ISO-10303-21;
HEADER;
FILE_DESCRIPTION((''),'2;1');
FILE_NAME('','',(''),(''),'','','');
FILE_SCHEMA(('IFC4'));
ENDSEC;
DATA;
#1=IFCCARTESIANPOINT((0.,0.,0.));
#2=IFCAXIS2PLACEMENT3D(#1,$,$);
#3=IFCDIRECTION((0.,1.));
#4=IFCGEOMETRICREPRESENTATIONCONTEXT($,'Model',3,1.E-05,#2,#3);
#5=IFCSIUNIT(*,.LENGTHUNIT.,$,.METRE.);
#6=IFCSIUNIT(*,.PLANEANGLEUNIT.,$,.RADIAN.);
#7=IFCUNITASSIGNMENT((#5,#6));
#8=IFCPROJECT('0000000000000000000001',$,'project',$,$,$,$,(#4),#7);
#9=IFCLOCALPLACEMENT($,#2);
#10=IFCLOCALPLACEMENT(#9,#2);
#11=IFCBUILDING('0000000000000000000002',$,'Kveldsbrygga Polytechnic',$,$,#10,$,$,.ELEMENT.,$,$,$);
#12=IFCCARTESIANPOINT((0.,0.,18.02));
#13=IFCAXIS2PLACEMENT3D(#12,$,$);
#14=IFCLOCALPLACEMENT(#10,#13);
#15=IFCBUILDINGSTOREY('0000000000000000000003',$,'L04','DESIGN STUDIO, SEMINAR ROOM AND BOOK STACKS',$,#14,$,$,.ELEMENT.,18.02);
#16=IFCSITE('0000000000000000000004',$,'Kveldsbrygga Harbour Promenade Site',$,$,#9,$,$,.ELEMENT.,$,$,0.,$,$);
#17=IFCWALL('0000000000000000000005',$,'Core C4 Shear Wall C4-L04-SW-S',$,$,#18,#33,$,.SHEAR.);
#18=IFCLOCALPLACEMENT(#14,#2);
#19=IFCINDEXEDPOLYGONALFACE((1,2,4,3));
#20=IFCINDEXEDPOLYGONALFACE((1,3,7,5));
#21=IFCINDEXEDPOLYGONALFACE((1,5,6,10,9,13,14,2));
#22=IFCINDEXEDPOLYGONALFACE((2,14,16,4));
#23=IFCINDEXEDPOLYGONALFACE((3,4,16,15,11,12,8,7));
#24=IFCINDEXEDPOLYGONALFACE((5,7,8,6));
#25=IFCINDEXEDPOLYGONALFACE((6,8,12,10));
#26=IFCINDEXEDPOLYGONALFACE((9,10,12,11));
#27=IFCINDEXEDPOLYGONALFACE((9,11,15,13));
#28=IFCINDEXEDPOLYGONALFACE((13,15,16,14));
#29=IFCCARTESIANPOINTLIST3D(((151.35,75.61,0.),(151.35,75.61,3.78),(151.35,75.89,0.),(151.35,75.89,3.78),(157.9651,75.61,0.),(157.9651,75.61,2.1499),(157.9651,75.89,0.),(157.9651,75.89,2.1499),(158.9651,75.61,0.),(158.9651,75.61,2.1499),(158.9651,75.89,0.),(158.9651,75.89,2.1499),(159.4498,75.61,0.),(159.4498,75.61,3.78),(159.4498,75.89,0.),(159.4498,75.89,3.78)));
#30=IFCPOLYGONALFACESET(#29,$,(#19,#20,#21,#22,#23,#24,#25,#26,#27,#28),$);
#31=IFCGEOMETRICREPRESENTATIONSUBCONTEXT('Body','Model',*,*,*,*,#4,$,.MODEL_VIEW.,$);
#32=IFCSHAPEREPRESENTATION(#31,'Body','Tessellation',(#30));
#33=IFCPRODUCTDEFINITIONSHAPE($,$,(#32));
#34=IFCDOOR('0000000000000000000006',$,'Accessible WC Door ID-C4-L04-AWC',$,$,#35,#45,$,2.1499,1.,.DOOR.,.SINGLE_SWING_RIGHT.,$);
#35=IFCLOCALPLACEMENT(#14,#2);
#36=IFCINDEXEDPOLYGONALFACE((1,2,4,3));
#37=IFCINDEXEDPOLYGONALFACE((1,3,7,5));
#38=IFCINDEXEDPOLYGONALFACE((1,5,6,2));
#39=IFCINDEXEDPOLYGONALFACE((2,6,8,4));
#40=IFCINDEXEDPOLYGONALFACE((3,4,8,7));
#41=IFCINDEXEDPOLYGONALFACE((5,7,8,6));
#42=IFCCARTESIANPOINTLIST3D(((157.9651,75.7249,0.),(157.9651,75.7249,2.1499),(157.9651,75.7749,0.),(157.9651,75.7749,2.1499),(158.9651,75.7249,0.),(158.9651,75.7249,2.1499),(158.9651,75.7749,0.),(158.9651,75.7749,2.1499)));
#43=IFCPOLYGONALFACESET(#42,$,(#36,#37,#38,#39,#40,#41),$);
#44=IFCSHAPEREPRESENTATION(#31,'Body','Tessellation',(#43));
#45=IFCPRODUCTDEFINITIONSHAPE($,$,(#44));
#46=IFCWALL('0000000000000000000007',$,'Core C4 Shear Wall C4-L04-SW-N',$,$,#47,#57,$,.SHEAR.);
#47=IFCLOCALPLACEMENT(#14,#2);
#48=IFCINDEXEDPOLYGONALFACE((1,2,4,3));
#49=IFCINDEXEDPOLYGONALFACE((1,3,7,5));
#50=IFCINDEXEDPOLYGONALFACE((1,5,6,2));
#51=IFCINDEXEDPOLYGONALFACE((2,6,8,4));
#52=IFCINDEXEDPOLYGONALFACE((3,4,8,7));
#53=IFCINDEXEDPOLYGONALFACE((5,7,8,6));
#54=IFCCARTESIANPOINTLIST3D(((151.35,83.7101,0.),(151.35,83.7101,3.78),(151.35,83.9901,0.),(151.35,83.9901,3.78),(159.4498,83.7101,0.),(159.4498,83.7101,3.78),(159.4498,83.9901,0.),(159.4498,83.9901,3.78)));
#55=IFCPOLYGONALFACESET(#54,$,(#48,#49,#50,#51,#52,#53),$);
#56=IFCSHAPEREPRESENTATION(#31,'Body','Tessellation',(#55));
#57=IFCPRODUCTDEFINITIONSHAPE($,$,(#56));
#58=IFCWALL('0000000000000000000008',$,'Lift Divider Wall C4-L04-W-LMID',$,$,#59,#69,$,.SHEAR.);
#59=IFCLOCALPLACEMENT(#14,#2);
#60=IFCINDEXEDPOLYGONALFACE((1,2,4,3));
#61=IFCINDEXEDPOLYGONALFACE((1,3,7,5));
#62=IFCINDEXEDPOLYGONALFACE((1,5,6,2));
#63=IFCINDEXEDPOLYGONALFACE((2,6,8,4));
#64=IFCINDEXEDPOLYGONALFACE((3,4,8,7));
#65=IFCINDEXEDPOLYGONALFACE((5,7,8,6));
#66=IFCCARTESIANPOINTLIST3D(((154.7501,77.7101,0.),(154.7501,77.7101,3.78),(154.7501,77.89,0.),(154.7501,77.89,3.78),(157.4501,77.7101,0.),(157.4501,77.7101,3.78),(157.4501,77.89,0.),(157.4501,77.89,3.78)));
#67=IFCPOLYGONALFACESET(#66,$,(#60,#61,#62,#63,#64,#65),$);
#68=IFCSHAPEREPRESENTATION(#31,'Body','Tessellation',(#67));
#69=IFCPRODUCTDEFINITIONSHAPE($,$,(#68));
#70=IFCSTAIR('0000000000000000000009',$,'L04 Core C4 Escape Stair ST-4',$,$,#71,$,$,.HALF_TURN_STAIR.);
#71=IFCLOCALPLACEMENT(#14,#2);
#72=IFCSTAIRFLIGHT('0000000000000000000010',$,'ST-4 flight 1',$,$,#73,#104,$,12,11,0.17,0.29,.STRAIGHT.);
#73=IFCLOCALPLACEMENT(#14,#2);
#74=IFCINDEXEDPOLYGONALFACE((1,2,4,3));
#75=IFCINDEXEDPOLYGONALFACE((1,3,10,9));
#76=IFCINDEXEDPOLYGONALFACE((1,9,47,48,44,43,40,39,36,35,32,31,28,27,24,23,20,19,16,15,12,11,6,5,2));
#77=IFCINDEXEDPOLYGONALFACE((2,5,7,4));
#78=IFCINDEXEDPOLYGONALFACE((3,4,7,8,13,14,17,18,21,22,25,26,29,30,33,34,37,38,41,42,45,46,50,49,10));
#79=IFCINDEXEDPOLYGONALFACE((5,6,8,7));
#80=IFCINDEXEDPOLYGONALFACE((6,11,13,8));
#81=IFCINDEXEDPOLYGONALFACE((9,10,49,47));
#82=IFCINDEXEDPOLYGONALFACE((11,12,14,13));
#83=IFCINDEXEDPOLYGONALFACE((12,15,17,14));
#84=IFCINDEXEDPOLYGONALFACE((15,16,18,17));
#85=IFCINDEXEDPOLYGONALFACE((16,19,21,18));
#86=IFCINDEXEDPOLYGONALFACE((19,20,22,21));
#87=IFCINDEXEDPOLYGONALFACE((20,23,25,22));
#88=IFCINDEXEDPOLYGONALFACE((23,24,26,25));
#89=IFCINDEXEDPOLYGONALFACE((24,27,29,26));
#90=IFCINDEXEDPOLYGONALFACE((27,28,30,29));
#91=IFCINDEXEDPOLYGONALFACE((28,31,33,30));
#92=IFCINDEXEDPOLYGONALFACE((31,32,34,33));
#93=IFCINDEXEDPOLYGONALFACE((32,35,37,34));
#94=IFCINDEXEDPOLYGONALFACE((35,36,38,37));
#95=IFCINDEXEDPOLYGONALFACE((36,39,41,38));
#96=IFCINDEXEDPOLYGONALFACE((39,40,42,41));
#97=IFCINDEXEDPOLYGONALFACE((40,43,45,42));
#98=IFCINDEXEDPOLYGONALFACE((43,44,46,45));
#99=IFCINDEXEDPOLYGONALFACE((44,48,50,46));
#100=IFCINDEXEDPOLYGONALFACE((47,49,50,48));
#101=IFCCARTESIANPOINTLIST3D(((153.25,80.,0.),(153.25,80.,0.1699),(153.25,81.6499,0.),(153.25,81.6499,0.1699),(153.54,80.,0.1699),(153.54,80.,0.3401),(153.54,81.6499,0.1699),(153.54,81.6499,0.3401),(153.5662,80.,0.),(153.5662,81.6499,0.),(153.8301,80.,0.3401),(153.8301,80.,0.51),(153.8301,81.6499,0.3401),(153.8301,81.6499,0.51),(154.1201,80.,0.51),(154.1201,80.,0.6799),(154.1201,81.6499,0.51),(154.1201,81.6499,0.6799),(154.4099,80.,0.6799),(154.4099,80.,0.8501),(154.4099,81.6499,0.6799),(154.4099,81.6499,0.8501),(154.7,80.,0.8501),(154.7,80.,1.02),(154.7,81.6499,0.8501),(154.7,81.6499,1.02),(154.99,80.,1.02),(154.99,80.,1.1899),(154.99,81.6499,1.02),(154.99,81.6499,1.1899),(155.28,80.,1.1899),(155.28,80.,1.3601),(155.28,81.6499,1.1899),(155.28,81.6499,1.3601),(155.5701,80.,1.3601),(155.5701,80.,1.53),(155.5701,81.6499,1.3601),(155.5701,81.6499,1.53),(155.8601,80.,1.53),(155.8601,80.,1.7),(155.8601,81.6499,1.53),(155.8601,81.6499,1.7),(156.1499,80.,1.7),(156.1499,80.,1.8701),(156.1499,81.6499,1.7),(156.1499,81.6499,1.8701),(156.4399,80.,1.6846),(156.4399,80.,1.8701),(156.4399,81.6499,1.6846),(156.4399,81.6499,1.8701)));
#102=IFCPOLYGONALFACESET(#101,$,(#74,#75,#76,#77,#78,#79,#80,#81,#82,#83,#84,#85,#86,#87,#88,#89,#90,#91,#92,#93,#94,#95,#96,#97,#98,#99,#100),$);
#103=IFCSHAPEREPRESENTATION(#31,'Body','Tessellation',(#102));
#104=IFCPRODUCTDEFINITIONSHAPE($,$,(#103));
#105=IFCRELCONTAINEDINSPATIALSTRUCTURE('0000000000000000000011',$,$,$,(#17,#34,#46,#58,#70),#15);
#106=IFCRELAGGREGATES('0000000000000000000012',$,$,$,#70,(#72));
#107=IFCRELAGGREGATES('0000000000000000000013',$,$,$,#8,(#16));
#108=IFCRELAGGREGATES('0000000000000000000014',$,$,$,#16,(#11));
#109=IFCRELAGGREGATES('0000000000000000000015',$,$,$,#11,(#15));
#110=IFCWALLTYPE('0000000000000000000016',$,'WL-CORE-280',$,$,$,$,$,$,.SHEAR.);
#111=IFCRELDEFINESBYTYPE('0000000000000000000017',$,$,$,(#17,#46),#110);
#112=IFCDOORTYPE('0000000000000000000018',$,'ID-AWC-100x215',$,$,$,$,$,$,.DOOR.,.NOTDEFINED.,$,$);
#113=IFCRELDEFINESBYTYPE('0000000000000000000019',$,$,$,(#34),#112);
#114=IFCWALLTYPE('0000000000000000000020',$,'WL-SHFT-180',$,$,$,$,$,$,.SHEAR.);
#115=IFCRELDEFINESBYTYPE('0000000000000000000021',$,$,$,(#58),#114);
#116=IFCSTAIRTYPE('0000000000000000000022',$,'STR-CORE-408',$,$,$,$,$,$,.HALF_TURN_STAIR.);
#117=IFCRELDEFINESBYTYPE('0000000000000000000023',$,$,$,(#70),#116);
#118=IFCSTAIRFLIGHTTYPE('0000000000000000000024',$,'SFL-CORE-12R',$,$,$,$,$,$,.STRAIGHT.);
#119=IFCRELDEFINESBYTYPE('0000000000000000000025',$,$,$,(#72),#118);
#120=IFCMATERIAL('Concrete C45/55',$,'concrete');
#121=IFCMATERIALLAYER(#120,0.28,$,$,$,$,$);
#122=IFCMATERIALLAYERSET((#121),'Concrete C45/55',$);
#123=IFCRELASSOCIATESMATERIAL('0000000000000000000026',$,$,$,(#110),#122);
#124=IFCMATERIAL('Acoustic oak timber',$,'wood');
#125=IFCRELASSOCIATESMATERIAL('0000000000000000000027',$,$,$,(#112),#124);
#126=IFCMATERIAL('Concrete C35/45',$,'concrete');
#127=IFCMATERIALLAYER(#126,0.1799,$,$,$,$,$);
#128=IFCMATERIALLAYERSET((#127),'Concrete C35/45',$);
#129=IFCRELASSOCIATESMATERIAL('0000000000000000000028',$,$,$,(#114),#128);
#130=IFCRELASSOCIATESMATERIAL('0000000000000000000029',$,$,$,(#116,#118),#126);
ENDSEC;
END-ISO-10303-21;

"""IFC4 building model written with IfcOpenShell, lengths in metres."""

from ifc_helpers import new_model, si_unit, direction, frame, frame_2d, origin, place, context, subcontext, project, spatial, polyline, rectangle, outline, extrude, material, layer, layer_set, type_object, element, fill, aggregate, save


model = new_model("IFC4")

# Units and contexts
model_context = context("Model", 3, precision=1e-05, world=origin(), true_north=direction((0.0, 1.0)))
body_context = subcontext(model_context, "Body", "Model", "MODEL_VIEW")
ifc_project = project(units=[si_unit("LENGTHUNIT", "METRE"), si_unit("PLANEANGLEUNIT", "RADIAN")], contexts=[model_context])

# Site, building, storey
site_placement = place(None, origin())
site = spatial("IfcSite", under=ifc_project, at=site_placement, Name="Kveldsbrygga Harbour Promenade Site", CompositionType="ELEMENT", RefElevation=0.0)
building_placement = place(site_placement, origin())
building = spatial("IfcBuilding", under=site, at=building_placement, Name="Kveldsbrygga Polytechnic", CompositionType="ELEMENT")
storey_placement = place(building_placement, frame((0.0, 0.0, 18.02)))
storey = spatial("IfcBuildingStorey", under=building, at=storey_placement, Name="L04", Description="DESIGN STUDIO, SEMINAR ROOM AND BOOK STACKS", CompositionType="ELEMENT", Elevation=18.02)

# Shared definitions
ifc_material_1 = material(Name="Concrete C45/55", Category="concrete")

# Shared definitions
ifc_material_2 = material(Name="Concrete C35/45", Category="concrete")

# Shared definitions
ifc_material_3 = material(Name="Acoustic oak timber", Category="wood")

# Wall, opening, door
ifc_layer_1 = layer(ifc_material_1, 0.28)
ifc_layer_set_1 = layer_set([ifc_layer_1], Name="Concrete C45/55")
wall_type_1 = type_object("IfcWallType", Name="WL-CORE-280", PredefinedType="SHEAR", material=ifc_layer_set_1)
wall_1_placement = place(storey_placement, frame((151.3501, 75.75, 0.0), z_axis=(0.0, 0.0, 1.0), x_axis=(1.0, 0.0, 0.0)))
wall_1 = element("IfcWall", 1, at=wall_1_placement, inside=storey, type_object=wall_type_1, Name="Core C4 Shear Wall C4-L04-SW-S", PredefinedType="SHEAR", context=body_context, shape_type="SweptSolid", body=[
    extrude(rectangle(XDim=8.0999, YDim=0.28, at=frame_2d((4.0498, 0.0))), origin(), (0.0, 0.0, 1.0), 3.78),
])
opening_1_placement = place(wall_1_placement, frame((6.615, 0.0, 0.0)))
opening_1 = element("IfcOpeningElement", 2, at=opening_1_placement, cuts=wall_1, PredefinedType="OPENING", context=body_context, shape_type="SweptSolid", body=[
    extrude(rectangle(XDim=1.0, YDim=2.1499, at=frame_2d((0.5, 1.075))), frame((0.0, 0.1499, 0.0), z_axis=(0.0, -1.0, 0.0), x_axis=(1.0, 0.0, 0.0)), (0.0, 0.0, 1.0), 0.3),
])
door_type_1 = type_object("IfcDoorType", Name="ID-AWC-100x215", OperationType="NOTDEFINED", PredefinedType="DOOR", material=ifc_material_3)
door_1_placement = place(opening_1_placement, origin())
door_1 = element("IfcDoor", 3, at=door_1_placement, inside=storey, type_object=door_type_1, Name="Accessible WC Door ID-C4-L04-AWC", OperationType="SINGLE_SWING_RIGHT", OverallHeight=2.1499, OverallWidth=1.0, PredefinedType="DOOR", context=body_context, shape_type="SweptSolid", body=[
    extrude(rectangle(XDim=1.0, YDim=2.1499, at=frame_2d((0.5, 1.075))), frame((0.0, 0.0249, 0.0), z_axis=(0.0, -1.0, 0.0), x_axis=(1.0, 0.0, 0.0)), (0.0, 0.0, 1.0), 0.05),
])
fill(opening_1, door_1)

# Wall
wall_2_placement = place(storey_placement, frame((151.3501, 83.8501, 0.0), z_axis=(0.0, 0.0, 1.0), x_axis=(1.0, 0.0, 0.0)))
element("IfcWall", 4, at=wall_2_placement, inside=storey, type_object=wall_type_1, Name="Core C4 Shear Wall C4-L04-SW-N", PredefinedType="SHEAR", context=body_context, shape_type="SweptSolid", body=[
    extrude(rectangle(XDim=8.0999, YDim=0.28, at=frame_2d((4.0498, 0.0))), origin(), (0.0, 0.0, 1.0), 3.78),
])

# Wall
ifc_layer_2 = layer(ifc_material_2, 0.1799)
ifc_layer_set_2 = layer_set([ifc_layer_2], Name="Concrete C35/45")
wall_type_2 = type_object("IfcWallType", Name="WL-SHFT-180", PredefinedType="SHEAR", material=ifc_layer_set_2)
wall_3_placement = place(storey_placement, frame((154.75, 77.8, 0.0), z_axis=(0.0, 0.0, 1.0), x_axis=(1.0, 0.0, 0.0)))
element("IfcWall", 5, at=wall_3_placement, inside=storey, type_object=wall_type_2, Name="Lift Divider Wall C4-L04-W-LMID", PredefinedType="SHEAR", context=body_context, shape_type="SweptSolid", body=[
    extrude(rectangle(XDim=2.7, YDim=0.1799, at=frame_2d((1.3501, 0.0))), origin(), (0.0, 0.0, 1.0), 3.78),
])

# Stair, stair flight
stair_type = type_object("IfcStairType", Name="STR-CORE-408", PredefinedType="HALF_TURN_STAIR", material=ifc_material_2)
stair_placement = place(storey_placement, origin())
stair = element("IfcStair", 6, at=stair_placement, inside=storey, type_object=stair_type, Name="L04 Core C4 Escape Stair ST-4", PredefinedType="HALF_TURN_STAIR")
stair_flight_type = type_object("IfcStairFlightType", Name="SFL-CORE-12R", PredefinedType="STRAIGHT", material=ifc_material_2)
stair_flight_placement = place(storey_placement, frame((153.25, 80.825, 0.0), z_axis=(0.0, 0.0, 1.0), x_axis=(1.0, 0.0, 0.0)))
stair_flight = element("IfcStairFlight", 7, at=stair_flight_placement, type_object=stair_flight_type, Name="ST-4 flight 1", NumberOfRisers=12, NumberOfTreads=11, PredefinedType="STRAIGHT", RiserHeight=0.17, TreadLength=0.29, context=body_context, shape_type="SweptSolid", body=[
    extrude(outline(polyline([(0.0, 0.0), (0.0, 0.1699), (0.29, 0.1699), (0.29, 0.3401), (0.5801, 0.3401), (0.5801, 0.51), (0.8701, 0.51), (0.8701, 0.6799), (1.1599, 0.6799), (1.1599, 0.8501), (1.45, 0.8501), (1.45, 1.02), (1.74, 1.02), (1.74, 1.1899), (2.03, 1.1899), (2.03, 1.3601), (2.3201, 1.3601), (2.3201, 1.53), (2.6101, 1.53), (2.6101, 1.7), (2.8999, 1.7), (2.8999, 1.8701), (3.1899, 1.8701), (3.1899, 2.04), (3.1899, 1.6846), (0.3162, 0.0), (0.0, 0.0)])), frame((0.0, 0.825, 0.0), z_axis=(0.0, -1.0, 0.0), x_axis=(1.0, 0.0, 0.0)), (0.0, 0.0, 1.0), 1.6499),
])
aggregate(stair, [stair_flight])

save(model, "model.ifc")
